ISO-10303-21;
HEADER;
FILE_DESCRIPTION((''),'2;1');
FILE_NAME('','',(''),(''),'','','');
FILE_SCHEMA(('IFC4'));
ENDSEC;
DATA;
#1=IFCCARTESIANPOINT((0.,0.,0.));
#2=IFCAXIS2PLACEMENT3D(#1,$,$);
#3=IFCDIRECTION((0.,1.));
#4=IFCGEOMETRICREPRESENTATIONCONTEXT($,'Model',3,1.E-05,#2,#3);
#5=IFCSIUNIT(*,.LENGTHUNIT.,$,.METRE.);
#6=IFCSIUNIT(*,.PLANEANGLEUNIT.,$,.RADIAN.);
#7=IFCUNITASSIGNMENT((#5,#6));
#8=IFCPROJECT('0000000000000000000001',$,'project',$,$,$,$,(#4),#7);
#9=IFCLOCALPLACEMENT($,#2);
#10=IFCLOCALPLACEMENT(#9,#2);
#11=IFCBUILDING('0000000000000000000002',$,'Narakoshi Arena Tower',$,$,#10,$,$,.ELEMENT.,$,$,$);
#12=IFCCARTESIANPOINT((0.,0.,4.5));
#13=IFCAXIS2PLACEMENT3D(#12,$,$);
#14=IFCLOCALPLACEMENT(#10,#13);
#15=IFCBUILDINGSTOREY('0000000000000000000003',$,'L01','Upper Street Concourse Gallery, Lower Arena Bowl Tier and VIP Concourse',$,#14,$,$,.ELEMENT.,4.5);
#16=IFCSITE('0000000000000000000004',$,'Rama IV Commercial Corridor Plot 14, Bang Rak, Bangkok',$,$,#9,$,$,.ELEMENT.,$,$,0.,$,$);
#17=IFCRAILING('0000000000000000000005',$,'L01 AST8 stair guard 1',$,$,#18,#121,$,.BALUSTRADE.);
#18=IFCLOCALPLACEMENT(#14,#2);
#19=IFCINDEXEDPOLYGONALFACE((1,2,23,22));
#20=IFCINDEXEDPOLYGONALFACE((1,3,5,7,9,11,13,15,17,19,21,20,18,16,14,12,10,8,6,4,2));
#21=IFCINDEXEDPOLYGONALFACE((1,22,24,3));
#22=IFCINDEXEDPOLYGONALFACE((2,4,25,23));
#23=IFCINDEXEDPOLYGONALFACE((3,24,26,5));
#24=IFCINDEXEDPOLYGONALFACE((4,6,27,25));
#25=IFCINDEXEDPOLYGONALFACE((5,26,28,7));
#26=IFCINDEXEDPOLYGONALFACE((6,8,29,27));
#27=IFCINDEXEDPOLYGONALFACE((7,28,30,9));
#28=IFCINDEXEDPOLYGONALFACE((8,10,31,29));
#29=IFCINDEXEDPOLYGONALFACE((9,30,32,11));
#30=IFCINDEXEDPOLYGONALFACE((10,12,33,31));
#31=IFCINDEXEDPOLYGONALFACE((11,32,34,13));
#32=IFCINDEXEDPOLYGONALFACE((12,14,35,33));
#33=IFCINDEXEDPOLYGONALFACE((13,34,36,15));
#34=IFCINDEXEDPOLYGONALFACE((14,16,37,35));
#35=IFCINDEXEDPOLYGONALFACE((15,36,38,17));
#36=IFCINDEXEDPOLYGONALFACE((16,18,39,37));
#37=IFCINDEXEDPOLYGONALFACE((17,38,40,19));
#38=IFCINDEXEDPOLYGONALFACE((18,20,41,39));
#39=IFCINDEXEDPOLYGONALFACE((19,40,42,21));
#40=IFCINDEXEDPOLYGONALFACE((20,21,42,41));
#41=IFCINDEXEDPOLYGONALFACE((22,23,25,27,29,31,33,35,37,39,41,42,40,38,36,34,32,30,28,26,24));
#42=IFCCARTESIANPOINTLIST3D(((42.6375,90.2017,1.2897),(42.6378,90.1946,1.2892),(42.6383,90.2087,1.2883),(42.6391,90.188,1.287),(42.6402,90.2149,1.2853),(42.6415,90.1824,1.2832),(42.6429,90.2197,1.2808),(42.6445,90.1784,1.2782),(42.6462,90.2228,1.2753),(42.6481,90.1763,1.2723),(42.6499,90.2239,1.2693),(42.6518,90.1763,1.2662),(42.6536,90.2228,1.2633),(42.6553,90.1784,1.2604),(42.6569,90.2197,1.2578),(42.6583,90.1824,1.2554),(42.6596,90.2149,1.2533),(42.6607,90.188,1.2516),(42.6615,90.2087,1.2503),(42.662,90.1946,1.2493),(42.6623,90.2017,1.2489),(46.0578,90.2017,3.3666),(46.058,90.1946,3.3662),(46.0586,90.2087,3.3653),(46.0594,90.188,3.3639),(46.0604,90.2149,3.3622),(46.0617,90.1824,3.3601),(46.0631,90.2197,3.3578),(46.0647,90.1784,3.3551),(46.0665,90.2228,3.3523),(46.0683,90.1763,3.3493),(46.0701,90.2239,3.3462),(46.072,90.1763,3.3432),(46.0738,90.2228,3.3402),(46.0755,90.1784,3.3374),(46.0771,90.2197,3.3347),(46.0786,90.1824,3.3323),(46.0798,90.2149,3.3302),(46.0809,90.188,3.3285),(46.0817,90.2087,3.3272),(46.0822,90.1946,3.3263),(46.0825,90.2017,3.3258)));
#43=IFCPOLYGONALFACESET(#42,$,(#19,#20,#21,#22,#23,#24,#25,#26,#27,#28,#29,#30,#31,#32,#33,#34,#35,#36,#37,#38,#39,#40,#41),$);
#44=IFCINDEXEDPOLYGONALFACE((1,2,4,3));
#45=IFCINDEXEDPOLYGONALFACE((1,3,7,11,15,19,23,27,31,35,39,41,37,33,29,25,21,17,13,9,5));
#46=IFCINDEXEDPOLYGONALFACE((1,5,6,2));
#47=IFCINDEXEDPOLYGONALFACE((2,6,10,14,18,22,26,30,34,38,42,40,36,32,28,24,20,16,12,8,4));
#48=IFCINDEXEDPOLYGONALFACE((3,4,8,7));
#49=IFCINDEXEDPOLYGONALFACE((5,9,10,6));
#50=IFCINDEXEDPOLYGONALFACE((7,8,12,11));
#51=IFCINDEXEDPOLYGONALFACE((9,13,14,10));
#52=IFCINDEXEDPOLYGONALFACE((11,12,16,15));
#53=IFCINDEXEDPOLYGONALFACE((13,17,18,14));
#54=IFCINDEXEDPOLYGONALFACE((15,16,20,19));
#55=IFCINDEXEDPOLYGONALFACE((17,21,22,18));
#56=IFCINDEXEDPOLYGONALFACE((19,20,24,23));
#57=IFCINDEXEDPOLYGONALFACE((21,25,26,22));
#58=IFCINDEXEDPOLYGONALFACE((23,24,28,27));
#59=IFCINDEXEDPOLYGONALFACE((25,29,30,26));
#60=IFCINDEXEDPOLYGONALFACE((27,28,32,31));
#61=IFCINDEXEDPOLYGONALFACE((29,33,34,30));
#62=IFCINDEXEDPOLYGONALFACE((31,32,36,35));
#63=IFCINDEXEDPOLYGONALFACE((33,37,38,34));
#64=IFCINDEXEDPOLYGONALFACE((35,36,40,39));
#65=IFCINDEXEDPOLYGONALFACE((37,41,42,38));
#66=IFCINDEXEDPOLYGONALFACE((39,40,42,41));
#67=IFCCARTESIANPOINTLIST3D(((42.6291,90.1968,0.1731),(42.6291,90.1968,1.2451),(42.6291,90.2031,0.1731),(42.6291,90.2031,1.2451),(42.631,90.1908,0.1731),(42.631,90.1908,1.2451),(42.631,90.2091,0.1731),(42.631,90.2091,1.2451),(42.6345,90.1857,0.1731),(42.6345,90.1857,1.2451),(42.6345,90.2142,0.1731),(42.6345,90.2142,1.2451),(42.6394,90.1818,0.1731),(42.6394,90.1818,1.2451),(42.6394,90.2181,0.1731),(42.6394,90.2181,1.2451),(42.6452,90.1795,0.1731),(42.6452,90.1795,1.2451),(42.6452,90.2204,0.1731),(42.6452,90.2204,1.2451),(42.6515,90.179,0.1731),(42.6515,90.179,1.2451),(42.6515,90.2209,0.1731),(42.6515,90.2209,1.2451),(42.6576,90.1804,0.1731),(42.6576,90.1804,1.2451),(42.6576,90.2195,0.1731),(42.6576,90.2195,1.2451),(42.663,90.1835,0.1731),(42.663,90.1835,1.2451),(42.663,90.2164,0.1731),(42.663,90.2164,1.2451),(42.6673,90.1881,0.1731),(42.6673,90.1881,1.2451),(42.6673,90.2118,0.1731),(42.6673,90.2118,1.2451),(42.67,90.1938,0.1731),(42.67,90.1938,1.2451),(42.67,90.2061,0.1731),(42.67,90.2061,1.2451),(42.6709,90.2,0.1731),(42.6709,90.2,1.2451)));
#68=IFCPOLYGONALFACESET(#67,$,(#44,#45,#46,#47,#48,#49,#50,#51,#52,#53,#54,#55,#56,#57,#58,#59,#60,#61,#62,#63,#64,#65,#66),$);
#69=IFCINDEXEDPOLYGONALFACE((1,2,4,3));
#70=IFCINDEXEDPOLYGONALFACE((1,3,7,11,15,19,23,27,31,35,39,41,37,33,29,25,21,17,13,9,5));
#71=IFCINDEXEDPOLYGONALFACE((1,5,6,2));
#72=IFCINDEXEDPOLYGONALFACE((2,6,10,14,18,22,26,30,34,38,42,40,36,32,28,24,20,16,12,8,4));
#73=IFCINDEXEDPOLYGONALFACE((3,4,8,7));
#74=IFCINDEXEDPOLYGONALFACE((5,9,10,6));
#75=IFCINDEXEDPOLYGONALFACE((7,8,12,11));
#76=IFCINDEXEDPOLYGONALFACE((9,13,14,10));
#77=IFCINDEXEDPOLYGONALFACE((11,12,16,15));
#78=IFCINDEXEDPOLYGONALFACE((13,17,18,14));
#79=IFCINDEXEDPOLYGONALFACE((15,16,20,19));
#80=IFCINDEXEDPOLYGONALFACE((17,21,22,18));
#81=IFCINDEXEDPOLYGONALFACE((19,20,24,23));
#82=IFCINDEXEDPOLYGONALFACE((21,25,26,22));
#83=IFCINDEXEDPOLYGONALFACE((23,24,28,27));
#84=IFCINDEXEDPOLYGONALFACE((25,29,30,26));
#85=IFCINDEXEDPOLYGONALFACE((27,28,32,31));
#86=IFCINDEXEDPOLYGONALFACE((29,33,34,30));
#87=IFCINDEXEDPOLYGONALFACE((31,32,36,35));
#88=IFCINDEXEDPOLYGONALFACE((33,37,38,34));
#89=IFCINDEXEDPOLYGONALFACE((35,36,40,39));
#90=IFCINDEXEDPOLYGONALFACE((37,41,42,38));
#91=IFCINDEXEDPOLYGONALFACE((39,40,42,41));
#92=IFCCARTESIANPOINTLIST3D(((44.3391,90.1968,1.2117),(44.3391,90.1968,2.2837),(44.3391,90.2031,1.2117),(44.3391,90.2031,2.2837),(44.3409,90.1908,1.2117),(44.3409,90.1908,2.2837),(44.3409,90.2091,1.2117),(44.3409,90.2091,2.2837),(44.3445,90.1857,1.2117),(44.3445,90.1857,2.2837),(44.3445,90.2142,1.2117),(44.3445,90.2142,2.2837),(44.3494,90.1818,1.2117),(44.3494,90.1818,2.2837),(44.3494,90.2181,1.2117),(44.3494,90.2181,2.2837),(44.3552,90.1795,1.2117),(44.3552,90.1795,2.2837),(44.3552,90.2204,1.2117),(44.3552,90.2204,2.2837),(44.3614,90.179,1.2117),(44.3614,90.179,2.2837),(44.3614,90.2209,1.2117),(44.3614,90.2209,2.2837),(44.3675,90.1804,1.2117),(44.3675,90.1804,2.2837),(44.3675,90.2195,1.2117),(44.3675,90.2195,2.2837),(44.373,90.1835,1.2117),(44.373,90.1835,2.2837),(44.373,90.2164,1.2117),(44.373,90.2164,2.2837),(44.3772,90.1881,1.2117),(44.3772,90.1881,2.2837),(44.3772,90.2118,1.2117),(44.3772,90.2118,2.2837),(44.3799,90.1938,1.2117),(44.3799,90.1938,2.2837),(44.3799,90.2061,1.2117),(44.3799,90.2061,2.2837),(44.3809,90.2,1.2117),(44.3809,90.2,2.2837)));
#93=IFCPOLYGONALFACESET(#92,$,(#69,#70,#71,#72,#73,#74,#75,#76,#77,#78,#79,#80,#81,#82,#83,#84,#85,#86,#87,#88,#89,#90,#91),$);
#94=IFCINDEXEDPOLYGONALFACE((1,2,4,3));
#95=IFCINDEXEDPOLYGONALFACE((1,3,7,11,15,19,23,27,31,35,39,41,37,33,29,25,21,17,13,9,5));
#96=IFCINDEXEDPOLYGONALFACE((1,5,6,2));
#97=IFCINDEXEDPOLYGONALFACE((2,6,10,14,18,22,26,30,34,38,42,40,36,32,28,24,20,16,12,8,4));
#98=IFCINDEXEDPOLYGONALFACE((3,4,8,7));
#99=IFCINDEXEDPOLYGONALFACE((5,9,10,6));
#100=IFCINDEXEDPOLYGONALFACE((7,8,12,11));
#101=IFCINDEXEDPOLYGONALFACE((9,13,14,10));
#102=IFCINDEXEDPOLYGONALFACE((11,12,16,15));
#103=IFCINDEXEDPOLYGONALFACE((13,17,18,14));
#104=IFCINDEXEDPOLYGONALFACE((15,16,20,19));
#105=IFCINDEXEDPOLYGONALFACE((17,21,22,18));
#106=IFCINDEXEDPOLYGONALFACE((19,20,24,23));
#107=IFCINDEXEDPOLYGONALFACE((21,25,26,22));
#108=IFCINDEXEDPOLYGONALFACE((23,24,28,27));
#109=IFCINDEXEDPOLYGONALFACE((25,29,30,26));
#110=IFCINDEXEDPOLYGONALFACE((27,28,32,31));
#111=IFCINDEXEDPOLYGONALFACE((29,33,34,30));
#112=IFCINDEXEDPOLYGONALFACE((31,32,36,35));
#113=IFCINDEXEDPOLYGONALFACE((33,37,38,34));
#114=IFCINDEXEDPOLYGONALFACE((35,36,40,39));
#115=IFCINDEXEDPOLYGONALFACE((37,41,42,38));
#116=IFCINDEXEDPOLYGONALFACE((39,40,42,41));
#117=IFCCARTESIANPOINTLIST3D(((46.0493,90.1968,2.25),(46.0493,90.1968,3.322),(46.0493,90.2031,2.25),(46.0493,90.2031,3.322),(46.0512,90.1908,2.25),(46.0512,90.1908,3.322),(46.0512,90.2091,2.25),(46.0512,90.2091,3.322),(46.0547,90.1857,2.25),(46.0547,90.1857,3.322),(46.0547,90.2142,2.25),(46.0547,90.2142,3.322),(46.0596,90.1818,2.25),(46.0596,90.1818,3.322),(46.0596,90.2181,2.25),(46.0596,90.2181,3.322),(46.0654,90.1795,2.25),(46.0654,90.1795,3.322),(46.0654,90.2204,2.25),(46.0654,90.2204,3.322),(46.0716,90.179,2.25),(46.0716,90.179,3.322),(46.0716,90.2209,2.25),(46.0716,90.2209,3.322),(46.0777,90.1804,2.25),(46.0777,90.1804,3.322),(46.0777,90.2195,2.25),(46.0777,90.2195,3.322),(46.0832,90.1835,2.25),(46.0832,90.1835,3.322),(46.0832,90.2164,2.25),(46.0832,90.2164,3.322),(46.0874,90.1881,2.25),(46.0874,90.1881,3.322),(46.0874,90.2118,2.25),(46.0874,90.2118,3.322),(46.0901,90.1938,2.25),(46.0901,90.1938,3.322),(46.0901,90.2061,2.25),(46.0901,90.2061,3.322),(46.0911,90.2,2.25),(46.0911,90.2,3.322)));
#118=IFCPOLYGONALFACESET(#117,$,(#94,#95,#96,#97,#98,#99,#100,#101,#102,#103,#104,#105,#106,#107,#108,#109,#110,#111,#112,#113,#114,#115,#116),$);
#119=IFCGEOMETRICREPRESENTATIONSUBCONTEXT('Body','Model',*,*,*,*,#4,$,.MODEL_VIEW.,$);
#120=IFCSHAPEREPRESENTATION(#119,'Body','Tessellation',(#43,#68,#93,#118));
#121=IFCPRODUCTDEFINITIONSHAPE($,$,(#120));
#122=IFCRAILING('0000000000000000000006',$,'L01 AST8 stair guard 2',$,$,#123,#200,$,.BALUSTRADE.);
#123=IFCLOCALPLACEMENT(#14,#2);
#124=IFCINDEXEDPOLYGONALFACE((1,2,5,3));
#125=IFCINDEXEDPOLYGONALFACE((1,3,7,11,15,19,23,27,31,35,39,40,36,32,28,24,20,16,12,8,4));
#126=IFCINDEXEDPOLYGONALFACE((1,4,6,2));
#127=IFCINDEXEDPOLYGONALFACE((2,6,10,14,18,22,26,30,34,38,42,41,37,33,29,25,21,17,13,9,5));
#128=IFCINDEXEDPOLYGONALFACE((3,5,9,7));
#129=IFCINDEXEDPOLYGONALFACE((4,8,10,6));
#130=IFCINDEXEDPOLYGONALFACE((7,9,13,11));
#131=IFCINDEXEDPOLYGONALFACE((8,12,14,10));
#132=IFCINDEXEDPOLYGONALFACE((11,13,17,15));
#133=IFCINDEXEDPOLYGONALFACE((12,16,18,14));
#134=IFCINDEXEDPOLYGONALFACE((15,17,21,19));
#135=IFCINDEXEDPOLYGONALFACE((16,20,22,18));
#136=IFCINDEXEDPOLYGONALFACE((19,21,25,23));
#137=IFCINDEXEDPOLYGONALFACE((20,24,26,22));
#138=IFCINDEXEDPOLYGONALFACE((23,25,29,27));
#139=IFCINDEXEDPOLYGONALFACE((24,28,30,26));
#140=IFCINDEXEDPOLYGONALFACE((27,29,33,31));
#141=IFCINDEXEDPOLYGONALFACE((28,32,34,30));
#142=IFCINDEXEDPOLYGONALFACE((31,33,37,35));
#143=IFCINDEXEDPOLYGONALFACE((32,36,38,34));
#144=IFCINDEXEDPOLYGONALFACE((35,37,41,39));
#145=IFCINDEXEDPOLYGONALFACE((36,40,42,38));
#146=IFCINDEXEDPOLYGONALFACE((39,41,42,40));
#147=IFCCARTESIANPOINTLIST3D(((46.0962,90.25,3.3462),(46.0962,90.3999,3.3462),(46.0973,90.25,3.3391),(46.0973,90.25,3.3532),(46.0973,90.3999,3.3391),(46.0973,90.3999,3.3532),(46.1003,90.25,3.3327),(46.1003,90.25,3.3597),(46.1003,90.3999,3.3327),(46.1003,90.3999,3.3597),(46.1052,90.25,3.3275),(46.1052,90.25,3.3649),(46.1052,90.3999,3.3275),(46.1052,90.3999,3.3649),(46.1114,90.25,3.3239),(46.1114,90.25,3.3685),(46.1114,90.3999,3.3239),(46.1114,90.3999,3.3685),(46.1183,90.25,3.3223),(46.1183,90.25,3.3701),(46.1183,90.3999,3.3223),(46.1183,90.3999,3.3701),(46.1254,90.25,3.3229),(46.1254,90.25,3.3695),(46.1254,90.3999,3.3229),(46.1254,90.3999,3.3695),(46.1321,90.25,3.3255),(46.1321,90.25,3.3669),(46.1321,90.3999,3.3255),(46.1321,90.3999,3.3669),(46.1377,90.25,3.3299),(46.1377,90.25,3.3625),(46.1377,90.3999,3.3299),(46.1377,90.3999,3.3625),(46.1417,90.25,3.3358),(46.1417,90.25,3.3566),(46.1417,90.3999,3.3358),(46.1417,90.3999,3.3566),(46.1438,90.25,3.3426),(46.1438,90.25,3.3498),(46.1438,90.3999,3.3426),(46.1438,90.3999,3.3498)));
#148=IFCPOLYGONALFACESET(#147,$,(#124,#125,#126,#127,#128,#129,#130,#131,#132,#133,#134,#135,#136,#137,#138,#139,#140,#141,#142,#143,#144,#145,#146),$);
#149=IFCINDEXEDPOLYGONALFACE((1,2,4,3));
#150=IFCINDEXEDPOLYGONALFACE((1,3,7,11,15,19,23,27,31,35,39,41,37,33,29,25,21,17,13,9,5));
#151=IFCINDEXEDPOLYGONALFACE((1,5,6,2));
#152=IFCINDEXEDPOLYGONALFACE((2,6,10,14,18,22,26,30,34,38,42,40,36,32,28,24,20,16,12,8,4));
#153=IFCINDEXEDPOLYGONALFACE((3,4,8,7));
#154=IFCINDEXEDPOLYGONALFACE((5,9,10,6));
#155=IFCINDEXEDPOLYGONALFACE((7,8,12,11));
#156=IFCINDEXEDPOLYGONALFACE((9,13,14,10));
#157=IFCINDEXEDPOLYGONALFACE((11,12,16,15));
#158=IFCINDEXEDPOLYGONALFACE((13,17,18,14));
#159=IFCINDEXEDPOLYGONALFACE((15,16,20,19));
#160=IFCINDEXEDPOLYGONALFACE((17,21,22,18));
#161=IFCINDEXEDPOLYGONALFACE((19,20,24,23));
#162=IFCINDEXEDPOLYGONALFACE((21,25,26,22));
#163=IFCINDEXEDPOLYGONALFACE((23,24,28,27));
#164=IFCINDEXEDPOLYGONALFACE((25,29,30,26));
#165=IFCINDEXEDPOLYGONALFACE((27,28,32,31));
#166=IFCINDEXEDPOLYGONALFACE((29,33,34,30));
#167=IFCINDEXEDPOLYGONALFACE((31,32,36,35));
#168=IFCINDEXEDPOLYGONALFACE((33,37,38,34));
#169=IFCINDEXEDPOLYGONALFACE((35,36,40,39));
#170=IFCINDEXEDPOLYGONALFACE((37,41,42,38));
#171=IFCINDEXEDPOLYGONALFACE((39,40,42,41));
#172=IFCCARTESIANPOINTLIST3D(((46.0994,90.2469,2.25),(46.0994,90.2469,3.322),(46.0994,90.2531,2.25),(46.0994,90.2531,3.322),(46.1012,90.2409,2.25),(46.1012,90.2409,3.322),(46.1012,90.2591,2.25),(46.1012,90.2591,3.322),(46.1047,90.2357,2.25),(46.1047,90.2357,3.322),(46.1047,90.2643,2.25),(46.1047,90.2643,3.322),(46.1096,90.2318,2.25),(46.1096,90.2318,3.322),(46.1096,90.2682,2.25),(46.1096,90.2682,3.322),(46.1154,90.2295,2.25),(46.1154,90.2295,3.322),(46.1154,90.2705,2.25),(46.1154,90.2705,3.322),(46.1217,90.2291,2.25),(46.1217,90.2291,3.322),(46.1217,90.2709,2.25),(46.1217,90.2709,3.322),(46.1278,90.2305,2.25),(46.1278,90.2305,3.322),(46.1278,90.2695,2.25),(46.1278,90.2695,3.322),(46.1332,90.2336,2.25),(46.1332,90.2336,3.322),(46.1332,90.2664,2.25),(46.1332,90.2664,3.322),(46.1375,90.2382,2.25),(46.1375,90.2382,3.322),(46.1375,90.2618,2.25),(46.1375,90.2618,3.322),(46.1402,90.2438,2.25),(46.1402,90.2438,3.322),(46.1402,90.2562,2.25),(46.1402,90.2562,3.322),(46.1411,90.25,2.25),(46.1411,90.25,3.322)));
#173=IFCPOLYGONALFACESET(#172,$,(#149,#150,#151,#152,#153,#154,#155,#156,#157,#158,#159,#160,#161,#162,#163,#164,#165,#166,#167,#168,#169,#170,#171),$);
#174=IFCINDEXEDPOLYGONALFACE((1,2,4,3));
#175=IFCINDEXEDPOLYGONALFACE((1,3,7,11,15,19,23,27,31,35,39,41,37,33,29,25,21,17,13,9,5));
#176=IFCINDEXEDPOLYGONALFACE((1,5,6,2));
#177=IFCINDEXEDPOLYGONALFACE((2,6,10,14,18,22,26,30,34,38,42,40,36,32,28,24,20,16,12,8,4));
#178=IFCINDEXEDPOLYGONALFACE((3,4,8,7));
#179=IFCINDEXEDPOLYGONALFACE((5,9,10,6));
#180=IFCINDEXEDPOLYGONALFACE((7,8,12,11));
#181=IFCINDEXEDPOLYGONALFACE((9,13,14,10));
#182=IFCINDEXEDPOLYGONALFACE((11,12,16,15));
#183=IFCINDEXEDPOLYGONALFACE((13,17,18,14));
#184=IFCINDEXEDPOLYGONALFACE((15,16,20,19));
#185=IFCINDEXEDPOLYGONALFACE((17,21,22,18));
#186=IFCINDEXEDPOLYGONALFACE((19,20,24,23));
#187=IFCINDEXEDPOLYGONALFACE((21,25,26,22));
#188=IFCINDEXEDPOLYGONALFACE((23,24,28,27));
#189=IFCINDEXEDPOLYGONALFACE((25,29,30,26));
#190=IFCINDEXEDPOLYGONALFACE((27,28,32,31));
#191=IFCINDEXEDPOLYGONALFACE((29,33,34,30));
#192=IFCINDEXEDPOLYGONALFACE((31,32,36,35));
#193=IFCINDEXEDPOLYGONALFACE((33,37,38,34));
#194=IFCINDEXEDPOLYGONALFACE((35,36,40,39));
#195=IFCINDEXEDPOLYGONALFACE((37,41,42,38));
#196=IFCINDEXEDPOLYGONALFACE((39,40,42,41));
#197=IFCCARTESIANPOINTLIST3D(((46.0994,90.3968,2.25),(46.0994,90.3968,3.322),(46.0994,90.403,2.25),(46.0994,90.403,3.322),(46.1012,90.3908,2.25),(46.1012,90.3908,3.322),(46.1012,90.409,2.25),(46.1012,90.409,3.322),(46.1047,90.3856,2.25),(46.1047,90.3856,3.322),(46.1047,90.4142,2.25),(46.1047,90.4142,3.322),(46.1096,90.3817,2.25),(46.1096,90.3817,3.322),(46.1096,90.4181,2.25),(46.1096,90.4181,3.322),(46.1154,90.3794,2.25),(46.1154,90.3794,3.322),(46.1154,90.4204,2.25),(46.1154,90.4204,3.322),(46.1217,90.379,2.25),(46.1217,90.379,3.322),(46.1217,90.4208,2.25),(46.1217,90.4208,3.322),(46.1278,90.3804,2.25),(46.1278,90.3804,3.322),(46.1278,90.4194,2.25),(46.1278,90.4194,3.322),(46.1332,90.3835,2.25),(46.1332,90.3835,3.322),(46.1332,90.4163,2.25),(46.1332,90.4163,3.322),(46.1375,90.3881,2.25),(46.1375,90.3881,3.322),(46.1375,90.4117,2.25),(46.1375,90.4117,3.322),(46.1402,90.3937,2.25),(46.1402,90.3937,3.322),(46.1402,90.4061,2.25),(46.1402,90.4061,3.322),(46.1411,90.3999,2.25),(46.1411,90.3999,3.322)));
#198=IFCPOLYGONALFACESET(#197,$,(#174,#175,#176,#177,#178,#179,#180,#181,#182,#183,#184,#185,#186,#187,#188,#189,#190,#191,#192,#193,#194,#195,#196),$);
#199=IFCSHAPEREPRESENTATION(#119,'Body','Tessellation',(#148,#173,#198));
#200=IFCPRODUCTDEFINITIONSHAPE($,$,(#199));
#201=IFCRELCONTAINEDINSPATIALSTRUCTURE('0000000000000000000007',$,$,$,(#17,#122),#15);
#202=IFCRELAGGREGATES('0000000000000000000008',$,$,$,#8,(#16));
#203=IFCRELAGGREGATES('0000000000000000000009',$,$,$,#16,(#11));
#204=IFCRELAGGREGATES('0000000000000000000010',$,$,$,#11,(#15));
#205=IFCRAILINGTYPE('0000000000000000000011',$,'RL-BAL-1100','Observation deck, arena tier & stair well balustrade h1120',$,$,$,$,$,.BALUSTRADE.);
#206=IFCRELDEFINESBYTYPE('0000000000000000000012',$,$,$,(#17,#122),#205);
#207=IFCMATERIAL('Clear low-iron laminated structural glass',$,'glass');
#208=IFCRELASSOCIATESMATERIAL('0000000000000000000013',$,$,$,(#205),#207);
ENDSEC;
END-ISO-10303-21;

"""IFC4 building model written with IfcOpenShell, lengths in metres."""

from ifc_helpers import new_model, si_unit, direction, frame, origin, origin_2d, place, context, subcontext, project, spatial, circle, extrude, material, type_object, element, save


model = new_model("IFC4")

# Units and contexts
model_context = context("Model", 3, precision=1e-05, world=origin(), true_north=direction((0.0, 1.0)))
body_context = subcontext(model_context, "Body", "Model", "MODEL_VIEW")
ifc_project = project(units=[si_unit("LENGTHUNIT", "METRE"), si_unit("PLANEANGLEUNIT", "RADIAN")], contexts=[model_context])

# Site, building, storey
site_placement = place(None, origin())
site = spatial("IfcSite", under=ifc_project, at=site_placement, Name="Rama IV Commercial Corridor Plot 14, Bang Rak, Bangkok", CompositionType="ELEMENT", RefElevation=0.0)
building_placement = place(site_placement, origin())
building = spatial("IfcBuilding", under=site, at=building_placement, Name="Narakoshi Arena Tower", CompositionType="ELEMENT")
storey_placement = place(building_placement, frame((0.0, 0.0, 4.5)))
storey = spatial("IfcBuildingStorey", under=building, at=storey_placement, Name="L01", Description="Upper Street Concourse Gallery, Lower Arena Bowl Tier and VIP Concourse", CompositionType="ELEMENT", Elevation=4.5)

# Railings
ifc_material_1 = material(Name="Clear low-iron laminated structural glass", Category="glass")
railing_type_1 = type_object("IfcRailingType", Name="RL-BAL-1100", Description="Observation deck, arena tier & stair well balustrade h1120", PredefinedType="BALUSTRADE", material=ifc_material_1)
railing_1_placement = place(storey_placement, frame((42.6499, 90.2, 0.1731)))
element("IfcRailing", 1, at=railing_1_placement, inside=storey, type_object=railing_type_1, Name="L01 AST8 stair guard 1", PredefinedType="BALUSTRADE", context=body_context, shape_type="SweptSolid", body=[
    extrude(circle(Radius=0.0239, at=origin_2d()), frame((0.0, 0.0, 1.0962), z_axis=(0.854746, 0.0, 0.519047), x_axis=(0.0, 1.0, 0.0)), (0.0, 0.0, 1.0), 4.0015),
    extrude(circle(Radius=0.021, at=origin_2d()), origin(), (0.0, 0.0, 1.0), 1.072),
    extrude(circle(Radius=0.021, at=origin_2d()), frame((1.71, 0.0, 1.0386)), (0.0, 0.0, 1.0), 1.072),
    extrude(circle(Radius=0.021, at=origin_2d()), frame((3.4202, 0.0, 2.0769)), (0.0, 0.0, 1.0), 1.072),
])
railing_2_placement = place(storey_placement, frame((46.1201, 90.25, 2.25)))
element("IfcRailing", 2, at=railing_2_placement, inside=storey, type_object=railing_type_1, Name="L01 AST8 stair guard 2", PredefinedType="BALUSTRADE", context=body_context, shape_type="SweptSolid", body=[
    extrude(circle(Radius=0.0239, at=origin_2d()), frame((0.0, 0.0, 1.0962), z_axis=(0.0, 1.0, 0.0), x_axis=(-1.0, 0.0, 0.0)), (0.0, 0.0, 1.0), 0.1499),
    extrude(circle(Radius=0.021, at=origin_2d()), origin(), (0.0, 0.0, 1.0), 1.072),
    extrude(circle(Radius=0.021, at=origin_2d()), frame((0.0, 0.1499, 0.0)), (0.0, 0.0, 1.0), 1.072),
])

save(model, "model.ifc")
